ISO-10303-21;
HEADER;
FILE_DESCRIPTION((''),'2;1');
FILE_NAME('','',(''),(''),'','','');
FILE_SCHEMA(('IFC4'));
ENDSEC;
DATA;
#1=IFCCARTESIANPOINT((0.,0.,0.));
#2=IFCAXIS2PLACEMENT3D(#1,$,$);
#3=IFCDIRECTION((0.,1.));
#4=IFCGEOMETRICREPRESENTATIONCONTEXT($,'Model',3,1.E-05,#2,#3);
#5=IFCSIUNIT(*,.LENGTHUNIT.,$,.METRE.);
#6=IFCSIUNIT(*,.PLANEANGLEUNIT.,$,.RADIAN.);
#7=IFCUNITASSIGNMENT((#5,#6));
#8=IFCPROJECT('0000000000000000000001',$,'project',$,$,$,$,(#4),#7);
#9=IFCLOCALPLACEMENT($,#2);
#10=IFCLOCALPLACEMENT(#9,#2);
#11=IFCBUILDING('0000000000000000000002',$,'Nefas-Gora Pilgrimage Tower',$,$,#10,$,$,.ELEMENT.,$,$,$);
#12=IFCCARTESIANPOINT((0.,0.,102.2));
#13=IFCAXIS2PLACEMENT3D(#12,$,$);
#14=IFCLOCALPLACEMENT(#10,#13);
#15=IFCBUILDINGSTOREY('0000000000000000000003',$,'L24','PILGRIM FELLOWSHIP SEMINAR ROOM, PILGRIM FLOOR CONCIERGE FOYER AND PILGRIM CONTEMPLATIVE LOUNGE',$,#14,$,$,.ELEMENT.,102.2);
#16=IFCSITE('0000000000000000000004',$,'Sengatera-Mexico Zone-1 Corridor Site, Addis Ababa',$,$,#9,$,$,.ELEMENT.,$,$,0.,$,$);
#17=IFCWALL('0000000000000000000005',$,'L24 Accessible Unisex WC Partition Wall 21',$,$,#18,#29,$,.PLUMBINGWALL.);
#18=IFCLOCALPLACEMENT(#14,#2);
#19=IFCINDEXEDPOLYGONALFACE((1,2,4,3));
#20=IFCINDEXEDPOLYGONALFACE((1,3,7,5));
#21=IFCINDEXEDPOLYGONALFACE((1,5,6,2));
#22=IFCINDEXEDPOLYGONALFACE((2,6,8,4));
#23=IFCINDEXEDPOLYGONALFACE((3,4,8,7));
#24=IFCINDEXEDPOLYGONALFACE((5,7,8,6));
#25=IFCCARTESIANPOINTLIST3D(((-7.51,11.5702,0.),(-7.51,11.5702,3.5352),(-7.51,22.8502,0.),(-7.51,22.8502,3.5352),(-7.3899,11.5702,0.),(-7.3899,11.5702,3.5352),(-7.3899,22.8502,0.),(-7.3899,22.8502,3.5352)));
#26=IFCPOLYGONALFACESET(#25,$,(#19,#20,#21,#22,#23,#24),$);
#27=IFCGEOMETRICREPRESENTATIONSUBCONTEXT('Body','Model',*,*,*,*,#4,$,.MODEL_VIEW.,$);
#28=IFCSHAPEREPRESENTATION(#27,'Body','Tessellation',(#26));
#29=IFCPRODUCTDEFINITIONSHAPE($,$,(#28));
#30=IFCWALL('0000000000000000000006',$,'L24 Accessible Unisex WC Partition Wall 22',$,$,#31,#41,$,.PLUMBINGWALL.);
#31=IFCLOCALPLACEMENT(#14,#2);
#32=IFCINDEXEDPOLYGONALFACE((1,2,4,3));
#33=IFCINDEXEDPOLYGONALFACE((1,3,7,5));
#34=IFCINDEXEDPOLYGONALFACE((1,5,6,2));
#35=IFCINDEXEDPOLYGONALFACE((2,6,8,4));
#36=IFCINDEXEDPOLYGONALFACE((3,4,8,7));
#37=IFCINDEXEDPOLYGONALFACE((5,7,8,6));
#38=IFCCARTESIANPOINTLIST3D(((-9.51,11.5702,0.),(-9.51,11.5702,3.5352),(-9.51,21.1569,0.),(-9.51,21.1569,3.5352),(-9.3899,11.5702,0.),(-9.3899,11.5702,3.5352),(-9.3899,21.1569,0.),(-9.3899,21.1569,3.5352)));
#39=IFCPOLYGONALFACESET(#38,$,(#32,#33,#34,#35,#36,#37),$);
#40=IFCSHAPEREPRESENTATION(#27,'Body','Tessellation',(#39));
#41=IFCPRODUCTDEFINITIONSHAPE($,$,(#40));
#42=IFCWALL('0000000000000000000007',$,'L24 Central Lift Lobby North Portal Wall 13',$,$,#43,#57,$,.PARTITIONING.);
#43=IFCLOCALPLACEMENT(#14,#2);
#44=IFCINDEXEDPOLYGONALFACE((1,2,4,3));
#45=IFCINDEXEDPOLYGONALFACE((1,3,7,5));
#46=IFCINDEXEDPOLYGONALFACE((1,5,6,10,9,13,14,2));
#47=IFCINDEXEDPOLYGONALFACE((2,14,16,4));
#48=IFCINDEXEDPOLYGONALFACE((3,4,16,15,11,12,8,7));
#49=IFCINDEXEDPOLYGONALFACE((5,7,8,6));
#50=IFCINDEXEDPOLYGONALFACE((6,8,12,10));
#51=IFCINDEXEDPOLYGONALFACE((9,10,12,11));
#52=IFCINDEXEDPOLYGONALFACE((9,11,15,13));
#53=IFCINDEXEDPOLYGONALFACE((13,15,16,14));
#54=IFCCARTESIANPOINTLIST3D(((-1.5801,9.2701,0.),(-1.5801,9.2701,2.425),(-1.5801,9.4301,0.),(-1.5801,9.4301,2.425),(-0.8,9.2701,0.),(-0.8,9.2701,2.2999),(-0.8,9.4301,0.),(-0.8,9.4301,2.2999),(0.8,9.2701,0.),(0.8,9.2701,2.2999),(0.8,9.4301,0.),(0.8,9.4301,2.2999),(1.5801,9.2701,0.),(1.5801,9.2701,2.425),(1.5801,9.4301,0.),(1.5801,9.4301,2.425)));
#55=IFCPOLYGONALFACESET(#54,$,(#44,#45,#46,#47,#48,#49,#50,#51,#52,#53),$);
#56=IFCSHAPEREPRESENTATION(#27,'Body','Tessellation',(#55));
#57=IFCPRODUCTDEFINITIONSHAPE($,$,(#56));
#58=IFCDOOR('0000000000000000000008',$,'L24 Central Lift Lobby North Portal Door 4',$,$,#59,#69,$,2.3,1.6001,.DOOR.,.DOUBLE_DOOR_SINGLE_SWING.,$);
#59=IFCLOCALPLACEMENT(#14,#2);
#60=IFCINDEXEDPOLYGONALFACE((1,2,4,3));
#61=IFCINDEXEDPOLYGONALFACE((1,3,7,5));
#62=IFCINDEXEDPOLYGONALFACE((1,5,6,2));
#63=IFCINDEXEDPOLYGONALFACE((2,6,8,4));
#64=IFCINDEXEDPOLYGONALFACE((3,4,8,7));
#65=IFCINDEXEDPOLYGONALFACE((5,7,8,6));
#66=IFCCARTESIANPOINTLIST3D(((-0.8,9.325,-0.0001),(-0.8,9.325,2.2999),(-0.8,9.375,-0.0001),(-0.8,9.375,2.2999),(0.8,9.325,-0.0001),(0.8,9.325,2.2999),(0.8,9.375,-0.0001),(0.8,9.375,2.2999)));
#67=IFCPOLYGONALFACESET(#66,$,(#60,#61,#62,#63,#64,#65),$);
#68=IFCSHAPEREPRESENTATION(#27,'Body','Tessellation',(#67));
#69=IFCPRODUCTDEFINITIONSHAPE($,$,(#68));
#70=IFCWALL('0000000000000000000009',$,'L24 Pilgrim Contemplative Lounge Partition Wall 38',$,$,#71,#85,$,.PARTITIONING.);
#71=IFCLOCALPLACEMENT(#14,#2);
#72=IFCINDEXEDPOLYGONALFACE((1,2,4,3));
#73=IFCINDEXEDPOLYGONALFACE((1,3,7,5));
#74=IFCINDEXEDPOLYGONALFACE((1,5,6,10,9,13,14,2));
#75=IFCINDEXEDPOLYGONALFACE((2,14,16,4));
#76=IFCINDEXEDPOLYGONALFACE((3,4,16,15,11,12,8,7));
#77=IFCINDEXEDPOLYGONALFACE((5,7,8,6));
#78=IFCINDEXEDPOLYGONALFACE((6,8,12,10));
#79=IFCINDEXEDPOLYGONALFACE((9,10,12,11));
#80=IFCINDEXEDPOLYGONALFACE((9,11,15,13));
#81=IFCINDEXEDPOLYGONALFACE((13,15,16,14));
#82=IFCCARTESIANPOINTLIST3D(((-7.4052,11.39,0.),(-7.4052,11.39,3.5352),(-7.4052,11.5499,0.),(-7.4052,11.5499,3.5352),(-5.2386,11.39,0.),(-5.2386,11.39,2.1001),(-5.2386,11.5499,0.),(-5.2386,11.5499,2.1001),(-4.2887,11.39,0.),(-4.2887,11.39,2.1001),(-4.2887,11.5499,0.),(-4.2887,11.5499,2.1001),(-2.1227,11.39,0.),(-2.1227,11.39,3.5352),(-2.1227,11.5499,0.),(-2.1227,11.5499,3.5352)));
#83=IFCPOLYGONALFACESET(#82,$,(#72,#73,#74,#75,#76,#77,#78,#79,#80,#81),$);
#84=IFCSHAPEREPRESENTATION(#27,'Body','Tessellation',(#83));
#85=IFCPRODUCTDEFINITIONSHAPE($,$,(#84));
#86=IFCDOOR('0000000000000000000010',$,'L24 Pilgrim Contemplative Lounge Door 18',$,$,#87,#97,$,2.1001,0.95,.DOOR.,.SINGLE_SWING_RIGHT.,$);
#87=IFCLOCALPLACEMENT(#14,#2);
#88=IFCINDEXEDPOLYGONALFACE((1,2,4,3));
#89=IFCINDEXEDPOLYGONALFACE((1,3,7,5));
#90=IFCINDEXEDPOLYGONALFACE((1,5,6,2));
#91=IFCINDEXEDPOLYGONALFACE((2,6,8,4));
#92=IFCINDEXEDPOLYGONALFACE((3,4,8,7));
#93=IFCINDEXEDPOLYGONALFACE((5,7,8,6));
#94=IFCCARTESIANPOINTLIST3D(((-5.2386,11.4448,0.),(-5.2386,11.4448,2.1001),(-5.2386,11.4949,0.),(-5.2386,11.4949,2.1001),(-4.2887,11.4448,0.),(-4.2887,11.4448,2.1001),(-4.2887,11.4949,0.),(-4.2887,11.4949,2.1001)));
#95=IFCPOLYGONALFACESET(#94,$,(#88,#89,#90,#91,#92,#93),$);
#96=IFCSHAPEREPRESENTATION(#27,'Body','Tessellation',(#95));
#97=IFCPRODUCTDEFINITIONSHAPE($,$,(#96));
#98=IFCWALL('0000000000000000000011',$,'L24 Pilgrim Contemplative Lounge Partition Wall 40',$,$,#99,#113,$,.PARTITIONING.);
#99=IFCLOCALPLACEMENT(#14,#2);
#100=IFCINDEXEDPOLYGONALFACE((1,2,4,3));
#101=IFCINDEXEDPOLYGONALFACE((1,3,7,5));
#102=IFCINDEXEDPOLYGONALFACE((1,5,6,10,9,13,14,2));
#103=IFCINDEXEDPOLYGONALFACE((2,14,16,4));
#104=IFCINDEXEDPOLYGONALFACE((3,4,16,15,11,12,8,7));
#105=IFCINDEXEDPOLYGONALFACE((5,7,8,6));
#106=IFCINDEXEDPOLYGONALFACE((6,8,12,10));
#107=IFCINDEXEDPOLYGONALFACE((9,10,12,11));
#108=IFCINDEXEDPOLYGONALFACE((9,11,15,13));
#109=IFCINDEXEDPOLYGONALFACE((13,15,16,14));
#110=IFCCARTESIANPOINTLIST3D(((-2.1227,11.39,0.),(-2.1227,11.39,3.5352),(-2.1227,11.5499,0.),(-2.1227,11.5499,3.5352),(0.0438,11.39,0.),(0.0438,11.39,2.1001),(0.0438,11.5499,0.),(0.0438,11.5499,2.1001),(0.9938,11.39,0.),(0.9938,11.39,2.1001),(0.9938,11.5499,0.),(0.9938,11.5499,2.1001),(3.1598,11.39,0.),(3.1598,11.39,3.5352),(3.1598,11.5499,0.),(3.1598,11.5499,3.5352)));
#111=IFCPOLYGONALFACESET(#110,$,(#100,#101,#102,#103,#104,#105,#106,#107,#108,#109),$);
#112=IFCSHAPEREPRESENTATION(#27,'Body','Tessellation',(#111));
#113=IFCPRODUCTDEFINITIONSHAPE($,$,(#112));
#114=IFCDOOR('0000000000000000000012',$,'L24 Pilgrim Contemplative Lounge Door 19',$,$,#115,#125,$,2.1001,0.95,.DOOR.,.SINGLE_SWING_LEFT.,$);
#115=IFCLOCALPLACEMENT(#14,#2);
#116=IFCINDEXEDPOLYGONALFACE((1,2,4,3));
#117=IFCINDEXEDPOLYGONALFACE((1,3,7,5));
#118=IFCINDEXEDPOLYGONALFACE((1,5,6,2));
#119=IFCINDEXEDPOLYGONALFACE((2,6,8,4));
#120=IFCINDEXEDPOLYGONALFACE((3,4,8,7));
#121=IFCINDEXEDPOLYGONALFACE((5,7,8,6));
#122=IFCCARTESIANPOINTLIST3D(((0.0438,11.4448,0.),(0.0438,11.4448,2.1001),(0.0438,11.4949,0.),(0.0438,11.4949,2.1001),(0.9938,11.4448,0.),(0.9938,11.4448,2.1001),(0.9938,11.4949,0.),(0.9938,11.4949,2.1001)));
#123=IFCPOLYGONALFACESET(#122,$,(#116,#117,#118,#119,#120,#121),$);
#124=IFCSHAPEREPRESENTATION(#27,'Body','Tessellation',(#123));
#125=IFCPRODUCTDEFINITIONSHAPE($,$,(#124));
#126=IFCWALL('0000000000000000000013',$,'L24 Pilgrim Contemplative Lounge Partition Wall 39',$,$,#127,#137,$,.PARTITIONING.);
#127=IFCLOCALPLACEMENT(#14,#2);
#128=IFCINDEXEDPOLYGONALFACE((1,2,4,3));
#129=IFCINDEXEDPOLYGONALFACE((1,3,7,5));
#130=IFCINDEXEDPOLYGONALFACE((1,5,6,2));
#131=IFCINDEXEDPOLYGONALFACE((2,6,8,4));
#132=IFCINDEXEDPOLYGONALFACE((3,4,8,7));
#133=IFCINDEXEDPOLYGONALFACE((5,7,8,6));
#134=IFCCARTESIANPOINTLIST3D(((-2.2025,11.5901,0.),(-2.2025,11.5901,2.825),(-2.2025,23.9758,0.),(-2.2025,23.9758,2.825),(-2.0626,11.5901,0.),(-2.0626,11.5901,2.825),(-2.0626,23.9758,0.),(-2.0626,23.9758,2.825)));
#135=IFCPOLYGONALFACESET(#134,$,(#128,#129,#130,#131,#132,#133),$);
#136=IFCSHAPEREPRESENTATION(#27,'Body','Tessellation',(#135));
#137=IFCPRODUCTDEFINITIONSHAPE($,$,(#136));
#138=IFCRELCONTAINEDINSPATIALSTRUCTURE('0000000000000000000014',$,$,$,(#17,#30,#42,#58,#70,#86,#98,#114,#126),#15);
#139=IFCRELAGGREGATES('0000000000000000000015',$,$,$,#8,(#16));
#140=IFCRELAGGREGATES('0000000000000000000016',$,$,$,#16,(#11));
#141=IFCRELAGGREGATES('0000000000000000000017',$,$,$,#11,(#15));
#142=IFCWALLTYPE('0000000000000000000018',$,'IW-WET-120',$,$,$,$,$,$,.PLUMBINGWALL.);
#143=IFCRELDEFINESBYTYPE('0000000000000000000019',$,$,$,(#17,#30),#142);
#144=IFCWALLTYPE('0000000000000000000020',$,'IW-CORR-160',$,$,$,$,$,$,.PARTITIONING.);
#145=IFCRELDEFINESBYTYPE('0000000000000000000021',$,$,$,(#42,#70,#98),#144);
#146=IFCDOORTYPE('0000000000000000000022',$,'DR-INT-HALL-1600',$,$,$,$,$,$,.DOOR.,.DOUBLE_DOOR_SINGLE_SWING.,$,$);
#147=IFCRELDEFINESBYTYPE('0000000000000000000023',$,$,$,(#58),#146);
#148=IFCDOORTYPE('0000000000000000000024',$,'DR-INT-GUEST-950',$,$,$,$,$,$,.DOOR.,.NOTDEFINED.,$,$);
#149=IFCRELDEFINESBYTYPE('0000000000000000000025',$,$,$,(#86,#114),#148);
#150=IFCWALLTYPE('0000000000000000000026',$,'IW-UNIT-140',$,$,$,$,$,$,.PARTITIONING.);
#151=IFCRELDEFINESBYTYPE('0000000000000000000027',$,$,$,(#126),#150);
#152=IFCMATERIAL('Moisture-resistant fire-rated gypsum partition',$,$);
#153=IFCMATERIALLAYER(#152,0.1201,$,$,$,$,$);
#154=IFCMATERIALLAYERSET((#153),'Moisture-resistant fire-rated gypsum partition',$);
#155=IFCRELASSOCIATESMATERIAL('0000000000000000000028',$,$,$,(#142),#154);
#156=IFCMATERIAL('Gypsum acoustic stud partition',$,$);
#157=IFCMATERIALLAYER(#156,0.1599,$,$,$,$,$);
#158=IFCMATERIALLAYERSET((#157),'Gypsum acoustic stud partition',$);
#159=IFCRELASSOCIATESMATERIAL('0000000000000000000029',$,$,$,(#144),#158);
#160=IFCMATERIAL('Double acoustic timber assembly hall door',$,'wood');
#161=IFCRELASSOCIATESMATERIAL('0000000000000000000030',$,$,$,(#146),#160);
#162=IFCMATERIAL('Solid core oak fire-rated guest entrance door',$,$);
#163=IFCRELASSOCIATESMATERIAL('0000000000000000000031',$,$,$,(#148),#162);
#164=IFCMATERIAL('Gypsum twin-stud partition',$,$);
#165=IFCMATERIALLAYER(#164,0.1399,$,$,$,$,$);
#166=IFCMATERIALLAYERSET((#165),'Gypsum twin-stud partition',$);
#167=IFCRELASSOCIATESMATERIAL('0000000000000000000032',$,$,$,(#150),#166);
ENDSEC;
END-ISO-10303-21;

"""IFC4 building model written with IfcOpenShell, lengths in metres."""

from ifc_helpers import new_model, si_unit, direction, frame, frame_2d, origin, place, context, subcontext, project, spatial, rectangle, extrude, source, transform, mapped, material, layer, layer_set, type_object, element, fill, save


model = new_model("IFC4")

# Units and contexts
model_context = context("Model", 3, precision=1e-05, world=origin(), true_north=direction((0.0, 1.0)))
body_context = subcontext(model_context, "Body", "Model", "MODEL_VIEW")
ifc_project = project(units=[si_unit("LENGTHUNIT", "METRE"), si_unit("PLANEANGLEUNIT", "RADIAN")], contexts=[model_context])

# Site, building, storey
site_placement = place(None, origin())
site = spatial("IfcSite", under=ifc_project, at=site_placement, Name="Sengatera-Mexico Zone-1 Corridor Site, Addis Ababa", CompositionType="ELEMENT", RefElevation=0.0)
building_placement = place(site_placement, origin())
building = spatial("IfcBuilding", under=site, at=building_placement, Name="Nefas-Gora Pilgrimage Tower", CompositionType="ELEMENT")
storey_placement = place(building_placement, frame((0.0, 0.0, 102.2)))
storey = spatial("IfcBuildingStorey", under=building, at=storey_placement, Name="L24", Description="PILGRIM FELLOWSHIP SEMINAR ROOM, PILGRIM FLOOR CONCIERGE FOYER AND PILGRIM CONTEMPLATIVE LOUNGE", CompositionType="ELEMENT", Elevation=102.2)

# Shared definitions
ifc_material_1 = material(Name="Moisture-resistant fire-rated gypsum partition")
ifc_layer_1 = layer(ifc_material_1, 0.1201)
ifc_layer_set_1 = layer_set([ifc_layer_1], Name="Moisture-resistant fire-rated gypsum partition")
wall_type_1 = type_object("IfcWallType", Name="IW-WET-120", PredefinedType="PLUMBINGWALL", material=ifc_layer_set_1)

# Walls
shared_shape_1 = source(origin(), body_context, "Body", "SweptSolid", [
    extrude(rectangle(XDim=11.28, YDim=0.1201, at=frame_2d((5.6401, 0.0))), origin(), (0.0, 0.0, 1.0), 3.5352),
])
wall_1_placement = place(storey_placement, frame((-7.45, 11.5701, 0.0), z_axis=(0.0, 0.0, 1.0), x_axis=(0.0, 1.0, 0.0)))
element("IfcWall", 1, at=wall_1_placement, inside=storey, type_object=wall_type_1, Name="L24 Accessible Unisex WC Partition Wall 21", PredefinedType="PLUMBINGWALL", context=body_context, shape_type="MappedRepresentation", body=[
    mapped(shared_shape_1, transform((0.0, 0.0, 0.0), x_axis=(1.0, 0.0, 0.0), y_axis=(0.0, 1.0, 0.0), z_axis=(0.0, 0.0, 1.0), scale=1.0)),
])
shared_shape_2 = source(origin(), body_context, "Body", "SweptSolid", [
    extrude(rectangle(XDim=9.5867, YDim=0.1201, at=frame_2d((4.7935, 0.0))), origin(), (0.0, 0.0, 1.0), 3.5352),
])
wall_2_placement = place(storey_placement, frame((-9.45, 11.5701, 0.0), z_axis=(0.0, 0.0, 1.0), x_axis=(0.0, 1.0, 0.0)))
element("IfcWall", 2, at=wall_2_placement, inside=storey, type_object=wall_type_1, Name="L24 Accessible Unisex WC Partition Wall 22", PredefinedType="PLUMBINGWALL", context=body_context, shape_type="MappedRepresentation", body=[
    mapped(shared_shape_2, transform((0.0, 0.0, 0.0), x_axis=(1.0, 0.0, 0.0), y_axis=(0.0, 1.0, 0.0), z_axis=(0.0, 0.0, 1.0), scale=1.0)),
])

# Walls, openings, doors
ifc_material_2 = material(Name="Gypsum acoustic stud partition")
ifc_layer_2 = layer(ifc_material_2, 0.1599)
ifc_layer_set_2 = layer_set([ifc_layer_2], Name="Gypsum acoustic stud partition")
wall_type_2 = type_object("IfcWallType", Name="IW-CORR-160", PredefinedType="PARTITIONING", material=ifc_layer_set_2)
shared_shape_3 = source(origin(), body_context, "Body", "SweptSolid", [
    extrude(rectangle(XDim=3.1602, YDim=0.1599, at=frame_2d((1.5801, 0.0))), origin(), (0.0, 0.0, 1.0), 2.425),
])
wall_3_placement = place(storey_placement, frame((-1.5801, 9.3501, 0.0), z_axis=(0.0, 0.0, 1.0), x_axis=(1.0, 0.0, 0.0)))
wall_3 = element("IfcWall", 3, at=wall_3_placement, inside=storey, type_object=wall_type_2, Name="L24 Central Lift Lobby North Portal Wall 13", PredefinedType="PARTITIONING", context=body_context, shape_type="MappedRepresentation", body=[
    mapped(shared_shape_3, transform((0.0, 0.0, 0.0), x_axis=(1.0, 0.0, 0.0), y_axis=(0.0, 1.0, 0.0), z_axis=(0.0, 0.0, 1.0), scale=1.0)),
])
opening_1_placement = place(wall_3_placement, frame((0.78, 0.0, 0.0)))
opening_1 = element("IfcOpeningElement", 4, at=opening_1_placement, cuts=wall_3, PredefinedType="OPENING", context=body_context, shape_type="SweptSolid", body=[
    extrude(rectangle(XDim=1.6001, YDim=2.3, at=frame_2d((0.8, 1.1499))), frame((0.0, 0.0898, 0.0), z_axis=(0.0, -1.0, 0.0), x_axis=(1.0, 0.0, 0.0)), (0.0, 0.0, 1.0), 0.1799),
])
ifc_material_3 = material(Name="Double acoustic timber assembly hall door", Category="wood")
door_type_1 = type_object("IfcDoorType", Name="DR-INT-HALL-1600", OperationType="DOUBLE_DOOR_SINGLE_SWING", PredefinedType="DOOR", material=ifc_material_3)
shared_shape_4 = source(origin(), body_context, "Body", "SweptSolid", [
    extrude(rectangle(XDim=1.6001, YDim=2.3, at=frame_2d((0.8, 1.1499))), frame((0.0, 0.0249, 0.0), z_axis=(0.0, -1.0, 0.0), x_axis=(1.0, 0.0, 0.0)), (0.0, 0.0, 1.0), 0.05),
])
door_1_placement = place(opening_1_placement, origin())
door_1 = element("IfcDoor", 5, at=door_1_placement, inside=storey, type_object=door_type_1, Name="L24 Central Lift Lobby North Portal Door 4", OperationType="DOUBLE_DOOR_SINGLE_SWING", OverallHeight=2.3, OverallWidth=1.6001, PredefinedType="DOOR", context=body_context, shape_type="MappedRepresentation", body=[
    mapped(shared_shape_4, transform((0.0, 0.0, 0.0), x_axis=(1.0, 0.0, 0.0), y_axis=(0.0, 1.0, 0.0), z_axis=(0.0, 0.0, 1.0), scale=1.0)),
])
fill(opening_1, door_1)
shared_shape_5 = source(origin(), body_context, "Body", "SweptSolid", [
    extrude(rectangle(XDim=5.2825, YDim=0.1599, at=frame_2d((2.6411, 0.0))), origin(), (0.0, 0.0, 1.0), 3.5352),
])
wall_4_placement = place(storey_placement, frame((-7.405, 11.47, 0.0), z_axis=(0.0, 0.0, 1.0), x_axis=(1.0, 0.0, 0.0)))
wall_4 = element("IfcWall", 6, at=wall_4_placement, inside=storey, type_object=wall_type_2, Name="L24 Pilgrim Contemplative Lounge Partition Wall 38", PredefinedType="PARTITIONING", context=body_context, shape_type="MappedRepresentation", body=[
    mapped(shared_shape_5, transform((0.0, 0.0, 0.0), x_axis=(1.0, 0.0, 0.0), y_axis=(0.0, 1.0, 0.0), z_axis=(0.0, 0.0, 1.0), scale=1.0)),
])
opening_2_placement = place(wall_4_placement, frame((2.1663, 0.0, 0.0)))
opening_2 = element("IfcOpeningElement", 7, at=opening_2_placement, cuts=wall_4, PredefinedType="OPENING", context=body_context, shape_type="SweptSolid", body=[
    extrude(rectangle(XDim=0.95, YDim=2.1001, at=frame_2d((0.4751, 1.05))), frame((0.0, 0.0898, 0.0), z_axis=(0.0, -1.0, 0.0), x_axis=(1.0, 0.0, 0.0)), (0.0, 0.0, 1.0), 0.1799),
])
ifc_material_4 = material(Name="Solid core oak fire-rated guest entrance door")
door_type_2 = type_object("IfcDoorType", Name="DR-INT-GUEST-950", OperationType="NOTDEFINED", PredefinedType="DOOR", material=ifc_material_4)
shared_shape_6 = source(origin(), body_context, "Body", "SweptSolid", [
    extrude(rectangle(XDim=0.95, YDim=2.1001, at=frame_2d((0.4751, 1.05))), frame((0.0, 0.0249, 0.0), z_axis=(0.0, -1.0, 0.0), x_axis=(1.0, 0.0, 0.0)), (0.0, 0.0, 1.0), 0.05),
])
door_2_placement = place(opening_2_placement, origin())
door_2 = element("IfcDoor", 8, at=door_2_placement, inside=storey, type_object=door_type_2, Name="L24 Pilgrim Contemplative Lounge Door 18", OperationType="SINGLE_SWING_RIGHT", OverallHeight=2.1001, OverallWidth=0.95, PredefinedType="DOOR", context=body_context, shape_type="MappedRepresentation", body=[
    mapped(shared_shape_6, transform((0.0, 0.0, 0.0), x_axis=(1.0, 0.0, 0.0), y_axis=(0.0, 1.0, 0.0), z_axis=(0.0, 0.0, 1.0), scale=1.0)),
])
fill(opening_2, door_2)
wall_5_placement = place(storey_placement, frame((-2.1226, 11.47, 0.0), z_axis=(0.0, 0.0, 1.0), x_axis=(1.0, 0.0, 0.0)))
wall_5 = element("IfcWall", 9, at=wall_5_placement, inside=storey, type_object=wall_type_2, Name="L24 Pilgrim Contemplative Lounge Partition Wall 40", PredefinedType="PARTITIONING", context=body_context, shape_type="MappedRepresentation", body=[
    mapped(shared_shape_5, transform((0.0, 0.0, 0.0), x_axis=(1.0, 0.0, 0.0), y_axis=(0.0, 1.0, 0.0), z_axis=(0.0, 0.0, 1.0), scale=1.0)),
])
opening_3_placement = place(wall_5_placement, frame((2.1663, 0.0, 0.0)))
opening_3 = element("IfcOpeningElement", 10, at=opening_3_placement, cuts=wall_5, PredefinedType="OPENING", context=body_context, shape_type="SweptSolid", body=[
    extrude(rectangle(XDim=0.95, YDim=2.1001, at=frame_2d((0.4751, 1.05))), frame((0.0, 0.0898, 0.0), z_axis=(0.0, -1.0, 0.0), x_axis=(1.0, 0.0, 0.0)), (0.0, 0.0, 1.0), 0.1799),
])
door_3_placement = place(opening_3_placement, origin())
door_3 = element("IfcDoor", 11, at=door_3_placement, inside=storey, type_object=door_type_2, Name="L24 Pilgrim Contemplative Lounge Door 19", OperationType="SINGLE_SWING_LEFT", OverallHeight=2.1001, OverallWidth=0.95, PredefinedType="DOOR", context=body_context, shape_type="MappedRepresentation", body=[
    mapped(shared_shape_6, transform((0.0, 0.0, 0.0), x_axis=(1.0, 0.0, 0.0), y_axis=(0.0, 1.0, 0.0), z_axis=(0.0, 0.0, 1.0), scale=1.0)),
])
fill(opening_3, door_3)

# Wall
ifc_material_5 = material(Name="Gypsum twin-stud partition")
ifc_layer_3 = layer(ifc_material_5, 0.1399)
ifc_layer_set_3 = layer_set([ifc_layer_3], Name="Gypsum twin-stud partition")
wall_type_3 = type_object("IfcWallType", Name="IW-UNIT-140", PredefinedType="PARTITIONING", material=ifc_layer_set_3)
shared_shape_7 = source(origin(), body_context, "Body", "SweptSolid", [
    extrude(rectangle(XDim=12.3857, YDim=0.1399, at=frame_2d((6.1929, 0.0))), origin(), (0.0, 0.0, 1.0), 2.825),
])
wall_6_placement = place(storey_placement, frame((-2.1326, 11.5901, 0.0), z_axis=(0.0, 0.0, 1.0), x_axis=(0.0, 1.0, 0.0)))
element("IfcWall", 12, at=wall_6_placement, inside=storey, type_object=wall_type_3, Name="L24 Pilgrim Contemplative Lounge Partition Wall 39", PredefinedType="PARTITIONING", context=body_context, shape_type="MappedRepresentation", body=[
    mapped(shared_shape_7, transform((0.0, 0.0, 0.0), x_axis=(1.0, 0.0, 0.0), y_axis=(0.0, 1.0, 0.0), z_axis=(0.0, 0.0, 1.0), scale=1.0)),
])

save(model, "model.ifc")
